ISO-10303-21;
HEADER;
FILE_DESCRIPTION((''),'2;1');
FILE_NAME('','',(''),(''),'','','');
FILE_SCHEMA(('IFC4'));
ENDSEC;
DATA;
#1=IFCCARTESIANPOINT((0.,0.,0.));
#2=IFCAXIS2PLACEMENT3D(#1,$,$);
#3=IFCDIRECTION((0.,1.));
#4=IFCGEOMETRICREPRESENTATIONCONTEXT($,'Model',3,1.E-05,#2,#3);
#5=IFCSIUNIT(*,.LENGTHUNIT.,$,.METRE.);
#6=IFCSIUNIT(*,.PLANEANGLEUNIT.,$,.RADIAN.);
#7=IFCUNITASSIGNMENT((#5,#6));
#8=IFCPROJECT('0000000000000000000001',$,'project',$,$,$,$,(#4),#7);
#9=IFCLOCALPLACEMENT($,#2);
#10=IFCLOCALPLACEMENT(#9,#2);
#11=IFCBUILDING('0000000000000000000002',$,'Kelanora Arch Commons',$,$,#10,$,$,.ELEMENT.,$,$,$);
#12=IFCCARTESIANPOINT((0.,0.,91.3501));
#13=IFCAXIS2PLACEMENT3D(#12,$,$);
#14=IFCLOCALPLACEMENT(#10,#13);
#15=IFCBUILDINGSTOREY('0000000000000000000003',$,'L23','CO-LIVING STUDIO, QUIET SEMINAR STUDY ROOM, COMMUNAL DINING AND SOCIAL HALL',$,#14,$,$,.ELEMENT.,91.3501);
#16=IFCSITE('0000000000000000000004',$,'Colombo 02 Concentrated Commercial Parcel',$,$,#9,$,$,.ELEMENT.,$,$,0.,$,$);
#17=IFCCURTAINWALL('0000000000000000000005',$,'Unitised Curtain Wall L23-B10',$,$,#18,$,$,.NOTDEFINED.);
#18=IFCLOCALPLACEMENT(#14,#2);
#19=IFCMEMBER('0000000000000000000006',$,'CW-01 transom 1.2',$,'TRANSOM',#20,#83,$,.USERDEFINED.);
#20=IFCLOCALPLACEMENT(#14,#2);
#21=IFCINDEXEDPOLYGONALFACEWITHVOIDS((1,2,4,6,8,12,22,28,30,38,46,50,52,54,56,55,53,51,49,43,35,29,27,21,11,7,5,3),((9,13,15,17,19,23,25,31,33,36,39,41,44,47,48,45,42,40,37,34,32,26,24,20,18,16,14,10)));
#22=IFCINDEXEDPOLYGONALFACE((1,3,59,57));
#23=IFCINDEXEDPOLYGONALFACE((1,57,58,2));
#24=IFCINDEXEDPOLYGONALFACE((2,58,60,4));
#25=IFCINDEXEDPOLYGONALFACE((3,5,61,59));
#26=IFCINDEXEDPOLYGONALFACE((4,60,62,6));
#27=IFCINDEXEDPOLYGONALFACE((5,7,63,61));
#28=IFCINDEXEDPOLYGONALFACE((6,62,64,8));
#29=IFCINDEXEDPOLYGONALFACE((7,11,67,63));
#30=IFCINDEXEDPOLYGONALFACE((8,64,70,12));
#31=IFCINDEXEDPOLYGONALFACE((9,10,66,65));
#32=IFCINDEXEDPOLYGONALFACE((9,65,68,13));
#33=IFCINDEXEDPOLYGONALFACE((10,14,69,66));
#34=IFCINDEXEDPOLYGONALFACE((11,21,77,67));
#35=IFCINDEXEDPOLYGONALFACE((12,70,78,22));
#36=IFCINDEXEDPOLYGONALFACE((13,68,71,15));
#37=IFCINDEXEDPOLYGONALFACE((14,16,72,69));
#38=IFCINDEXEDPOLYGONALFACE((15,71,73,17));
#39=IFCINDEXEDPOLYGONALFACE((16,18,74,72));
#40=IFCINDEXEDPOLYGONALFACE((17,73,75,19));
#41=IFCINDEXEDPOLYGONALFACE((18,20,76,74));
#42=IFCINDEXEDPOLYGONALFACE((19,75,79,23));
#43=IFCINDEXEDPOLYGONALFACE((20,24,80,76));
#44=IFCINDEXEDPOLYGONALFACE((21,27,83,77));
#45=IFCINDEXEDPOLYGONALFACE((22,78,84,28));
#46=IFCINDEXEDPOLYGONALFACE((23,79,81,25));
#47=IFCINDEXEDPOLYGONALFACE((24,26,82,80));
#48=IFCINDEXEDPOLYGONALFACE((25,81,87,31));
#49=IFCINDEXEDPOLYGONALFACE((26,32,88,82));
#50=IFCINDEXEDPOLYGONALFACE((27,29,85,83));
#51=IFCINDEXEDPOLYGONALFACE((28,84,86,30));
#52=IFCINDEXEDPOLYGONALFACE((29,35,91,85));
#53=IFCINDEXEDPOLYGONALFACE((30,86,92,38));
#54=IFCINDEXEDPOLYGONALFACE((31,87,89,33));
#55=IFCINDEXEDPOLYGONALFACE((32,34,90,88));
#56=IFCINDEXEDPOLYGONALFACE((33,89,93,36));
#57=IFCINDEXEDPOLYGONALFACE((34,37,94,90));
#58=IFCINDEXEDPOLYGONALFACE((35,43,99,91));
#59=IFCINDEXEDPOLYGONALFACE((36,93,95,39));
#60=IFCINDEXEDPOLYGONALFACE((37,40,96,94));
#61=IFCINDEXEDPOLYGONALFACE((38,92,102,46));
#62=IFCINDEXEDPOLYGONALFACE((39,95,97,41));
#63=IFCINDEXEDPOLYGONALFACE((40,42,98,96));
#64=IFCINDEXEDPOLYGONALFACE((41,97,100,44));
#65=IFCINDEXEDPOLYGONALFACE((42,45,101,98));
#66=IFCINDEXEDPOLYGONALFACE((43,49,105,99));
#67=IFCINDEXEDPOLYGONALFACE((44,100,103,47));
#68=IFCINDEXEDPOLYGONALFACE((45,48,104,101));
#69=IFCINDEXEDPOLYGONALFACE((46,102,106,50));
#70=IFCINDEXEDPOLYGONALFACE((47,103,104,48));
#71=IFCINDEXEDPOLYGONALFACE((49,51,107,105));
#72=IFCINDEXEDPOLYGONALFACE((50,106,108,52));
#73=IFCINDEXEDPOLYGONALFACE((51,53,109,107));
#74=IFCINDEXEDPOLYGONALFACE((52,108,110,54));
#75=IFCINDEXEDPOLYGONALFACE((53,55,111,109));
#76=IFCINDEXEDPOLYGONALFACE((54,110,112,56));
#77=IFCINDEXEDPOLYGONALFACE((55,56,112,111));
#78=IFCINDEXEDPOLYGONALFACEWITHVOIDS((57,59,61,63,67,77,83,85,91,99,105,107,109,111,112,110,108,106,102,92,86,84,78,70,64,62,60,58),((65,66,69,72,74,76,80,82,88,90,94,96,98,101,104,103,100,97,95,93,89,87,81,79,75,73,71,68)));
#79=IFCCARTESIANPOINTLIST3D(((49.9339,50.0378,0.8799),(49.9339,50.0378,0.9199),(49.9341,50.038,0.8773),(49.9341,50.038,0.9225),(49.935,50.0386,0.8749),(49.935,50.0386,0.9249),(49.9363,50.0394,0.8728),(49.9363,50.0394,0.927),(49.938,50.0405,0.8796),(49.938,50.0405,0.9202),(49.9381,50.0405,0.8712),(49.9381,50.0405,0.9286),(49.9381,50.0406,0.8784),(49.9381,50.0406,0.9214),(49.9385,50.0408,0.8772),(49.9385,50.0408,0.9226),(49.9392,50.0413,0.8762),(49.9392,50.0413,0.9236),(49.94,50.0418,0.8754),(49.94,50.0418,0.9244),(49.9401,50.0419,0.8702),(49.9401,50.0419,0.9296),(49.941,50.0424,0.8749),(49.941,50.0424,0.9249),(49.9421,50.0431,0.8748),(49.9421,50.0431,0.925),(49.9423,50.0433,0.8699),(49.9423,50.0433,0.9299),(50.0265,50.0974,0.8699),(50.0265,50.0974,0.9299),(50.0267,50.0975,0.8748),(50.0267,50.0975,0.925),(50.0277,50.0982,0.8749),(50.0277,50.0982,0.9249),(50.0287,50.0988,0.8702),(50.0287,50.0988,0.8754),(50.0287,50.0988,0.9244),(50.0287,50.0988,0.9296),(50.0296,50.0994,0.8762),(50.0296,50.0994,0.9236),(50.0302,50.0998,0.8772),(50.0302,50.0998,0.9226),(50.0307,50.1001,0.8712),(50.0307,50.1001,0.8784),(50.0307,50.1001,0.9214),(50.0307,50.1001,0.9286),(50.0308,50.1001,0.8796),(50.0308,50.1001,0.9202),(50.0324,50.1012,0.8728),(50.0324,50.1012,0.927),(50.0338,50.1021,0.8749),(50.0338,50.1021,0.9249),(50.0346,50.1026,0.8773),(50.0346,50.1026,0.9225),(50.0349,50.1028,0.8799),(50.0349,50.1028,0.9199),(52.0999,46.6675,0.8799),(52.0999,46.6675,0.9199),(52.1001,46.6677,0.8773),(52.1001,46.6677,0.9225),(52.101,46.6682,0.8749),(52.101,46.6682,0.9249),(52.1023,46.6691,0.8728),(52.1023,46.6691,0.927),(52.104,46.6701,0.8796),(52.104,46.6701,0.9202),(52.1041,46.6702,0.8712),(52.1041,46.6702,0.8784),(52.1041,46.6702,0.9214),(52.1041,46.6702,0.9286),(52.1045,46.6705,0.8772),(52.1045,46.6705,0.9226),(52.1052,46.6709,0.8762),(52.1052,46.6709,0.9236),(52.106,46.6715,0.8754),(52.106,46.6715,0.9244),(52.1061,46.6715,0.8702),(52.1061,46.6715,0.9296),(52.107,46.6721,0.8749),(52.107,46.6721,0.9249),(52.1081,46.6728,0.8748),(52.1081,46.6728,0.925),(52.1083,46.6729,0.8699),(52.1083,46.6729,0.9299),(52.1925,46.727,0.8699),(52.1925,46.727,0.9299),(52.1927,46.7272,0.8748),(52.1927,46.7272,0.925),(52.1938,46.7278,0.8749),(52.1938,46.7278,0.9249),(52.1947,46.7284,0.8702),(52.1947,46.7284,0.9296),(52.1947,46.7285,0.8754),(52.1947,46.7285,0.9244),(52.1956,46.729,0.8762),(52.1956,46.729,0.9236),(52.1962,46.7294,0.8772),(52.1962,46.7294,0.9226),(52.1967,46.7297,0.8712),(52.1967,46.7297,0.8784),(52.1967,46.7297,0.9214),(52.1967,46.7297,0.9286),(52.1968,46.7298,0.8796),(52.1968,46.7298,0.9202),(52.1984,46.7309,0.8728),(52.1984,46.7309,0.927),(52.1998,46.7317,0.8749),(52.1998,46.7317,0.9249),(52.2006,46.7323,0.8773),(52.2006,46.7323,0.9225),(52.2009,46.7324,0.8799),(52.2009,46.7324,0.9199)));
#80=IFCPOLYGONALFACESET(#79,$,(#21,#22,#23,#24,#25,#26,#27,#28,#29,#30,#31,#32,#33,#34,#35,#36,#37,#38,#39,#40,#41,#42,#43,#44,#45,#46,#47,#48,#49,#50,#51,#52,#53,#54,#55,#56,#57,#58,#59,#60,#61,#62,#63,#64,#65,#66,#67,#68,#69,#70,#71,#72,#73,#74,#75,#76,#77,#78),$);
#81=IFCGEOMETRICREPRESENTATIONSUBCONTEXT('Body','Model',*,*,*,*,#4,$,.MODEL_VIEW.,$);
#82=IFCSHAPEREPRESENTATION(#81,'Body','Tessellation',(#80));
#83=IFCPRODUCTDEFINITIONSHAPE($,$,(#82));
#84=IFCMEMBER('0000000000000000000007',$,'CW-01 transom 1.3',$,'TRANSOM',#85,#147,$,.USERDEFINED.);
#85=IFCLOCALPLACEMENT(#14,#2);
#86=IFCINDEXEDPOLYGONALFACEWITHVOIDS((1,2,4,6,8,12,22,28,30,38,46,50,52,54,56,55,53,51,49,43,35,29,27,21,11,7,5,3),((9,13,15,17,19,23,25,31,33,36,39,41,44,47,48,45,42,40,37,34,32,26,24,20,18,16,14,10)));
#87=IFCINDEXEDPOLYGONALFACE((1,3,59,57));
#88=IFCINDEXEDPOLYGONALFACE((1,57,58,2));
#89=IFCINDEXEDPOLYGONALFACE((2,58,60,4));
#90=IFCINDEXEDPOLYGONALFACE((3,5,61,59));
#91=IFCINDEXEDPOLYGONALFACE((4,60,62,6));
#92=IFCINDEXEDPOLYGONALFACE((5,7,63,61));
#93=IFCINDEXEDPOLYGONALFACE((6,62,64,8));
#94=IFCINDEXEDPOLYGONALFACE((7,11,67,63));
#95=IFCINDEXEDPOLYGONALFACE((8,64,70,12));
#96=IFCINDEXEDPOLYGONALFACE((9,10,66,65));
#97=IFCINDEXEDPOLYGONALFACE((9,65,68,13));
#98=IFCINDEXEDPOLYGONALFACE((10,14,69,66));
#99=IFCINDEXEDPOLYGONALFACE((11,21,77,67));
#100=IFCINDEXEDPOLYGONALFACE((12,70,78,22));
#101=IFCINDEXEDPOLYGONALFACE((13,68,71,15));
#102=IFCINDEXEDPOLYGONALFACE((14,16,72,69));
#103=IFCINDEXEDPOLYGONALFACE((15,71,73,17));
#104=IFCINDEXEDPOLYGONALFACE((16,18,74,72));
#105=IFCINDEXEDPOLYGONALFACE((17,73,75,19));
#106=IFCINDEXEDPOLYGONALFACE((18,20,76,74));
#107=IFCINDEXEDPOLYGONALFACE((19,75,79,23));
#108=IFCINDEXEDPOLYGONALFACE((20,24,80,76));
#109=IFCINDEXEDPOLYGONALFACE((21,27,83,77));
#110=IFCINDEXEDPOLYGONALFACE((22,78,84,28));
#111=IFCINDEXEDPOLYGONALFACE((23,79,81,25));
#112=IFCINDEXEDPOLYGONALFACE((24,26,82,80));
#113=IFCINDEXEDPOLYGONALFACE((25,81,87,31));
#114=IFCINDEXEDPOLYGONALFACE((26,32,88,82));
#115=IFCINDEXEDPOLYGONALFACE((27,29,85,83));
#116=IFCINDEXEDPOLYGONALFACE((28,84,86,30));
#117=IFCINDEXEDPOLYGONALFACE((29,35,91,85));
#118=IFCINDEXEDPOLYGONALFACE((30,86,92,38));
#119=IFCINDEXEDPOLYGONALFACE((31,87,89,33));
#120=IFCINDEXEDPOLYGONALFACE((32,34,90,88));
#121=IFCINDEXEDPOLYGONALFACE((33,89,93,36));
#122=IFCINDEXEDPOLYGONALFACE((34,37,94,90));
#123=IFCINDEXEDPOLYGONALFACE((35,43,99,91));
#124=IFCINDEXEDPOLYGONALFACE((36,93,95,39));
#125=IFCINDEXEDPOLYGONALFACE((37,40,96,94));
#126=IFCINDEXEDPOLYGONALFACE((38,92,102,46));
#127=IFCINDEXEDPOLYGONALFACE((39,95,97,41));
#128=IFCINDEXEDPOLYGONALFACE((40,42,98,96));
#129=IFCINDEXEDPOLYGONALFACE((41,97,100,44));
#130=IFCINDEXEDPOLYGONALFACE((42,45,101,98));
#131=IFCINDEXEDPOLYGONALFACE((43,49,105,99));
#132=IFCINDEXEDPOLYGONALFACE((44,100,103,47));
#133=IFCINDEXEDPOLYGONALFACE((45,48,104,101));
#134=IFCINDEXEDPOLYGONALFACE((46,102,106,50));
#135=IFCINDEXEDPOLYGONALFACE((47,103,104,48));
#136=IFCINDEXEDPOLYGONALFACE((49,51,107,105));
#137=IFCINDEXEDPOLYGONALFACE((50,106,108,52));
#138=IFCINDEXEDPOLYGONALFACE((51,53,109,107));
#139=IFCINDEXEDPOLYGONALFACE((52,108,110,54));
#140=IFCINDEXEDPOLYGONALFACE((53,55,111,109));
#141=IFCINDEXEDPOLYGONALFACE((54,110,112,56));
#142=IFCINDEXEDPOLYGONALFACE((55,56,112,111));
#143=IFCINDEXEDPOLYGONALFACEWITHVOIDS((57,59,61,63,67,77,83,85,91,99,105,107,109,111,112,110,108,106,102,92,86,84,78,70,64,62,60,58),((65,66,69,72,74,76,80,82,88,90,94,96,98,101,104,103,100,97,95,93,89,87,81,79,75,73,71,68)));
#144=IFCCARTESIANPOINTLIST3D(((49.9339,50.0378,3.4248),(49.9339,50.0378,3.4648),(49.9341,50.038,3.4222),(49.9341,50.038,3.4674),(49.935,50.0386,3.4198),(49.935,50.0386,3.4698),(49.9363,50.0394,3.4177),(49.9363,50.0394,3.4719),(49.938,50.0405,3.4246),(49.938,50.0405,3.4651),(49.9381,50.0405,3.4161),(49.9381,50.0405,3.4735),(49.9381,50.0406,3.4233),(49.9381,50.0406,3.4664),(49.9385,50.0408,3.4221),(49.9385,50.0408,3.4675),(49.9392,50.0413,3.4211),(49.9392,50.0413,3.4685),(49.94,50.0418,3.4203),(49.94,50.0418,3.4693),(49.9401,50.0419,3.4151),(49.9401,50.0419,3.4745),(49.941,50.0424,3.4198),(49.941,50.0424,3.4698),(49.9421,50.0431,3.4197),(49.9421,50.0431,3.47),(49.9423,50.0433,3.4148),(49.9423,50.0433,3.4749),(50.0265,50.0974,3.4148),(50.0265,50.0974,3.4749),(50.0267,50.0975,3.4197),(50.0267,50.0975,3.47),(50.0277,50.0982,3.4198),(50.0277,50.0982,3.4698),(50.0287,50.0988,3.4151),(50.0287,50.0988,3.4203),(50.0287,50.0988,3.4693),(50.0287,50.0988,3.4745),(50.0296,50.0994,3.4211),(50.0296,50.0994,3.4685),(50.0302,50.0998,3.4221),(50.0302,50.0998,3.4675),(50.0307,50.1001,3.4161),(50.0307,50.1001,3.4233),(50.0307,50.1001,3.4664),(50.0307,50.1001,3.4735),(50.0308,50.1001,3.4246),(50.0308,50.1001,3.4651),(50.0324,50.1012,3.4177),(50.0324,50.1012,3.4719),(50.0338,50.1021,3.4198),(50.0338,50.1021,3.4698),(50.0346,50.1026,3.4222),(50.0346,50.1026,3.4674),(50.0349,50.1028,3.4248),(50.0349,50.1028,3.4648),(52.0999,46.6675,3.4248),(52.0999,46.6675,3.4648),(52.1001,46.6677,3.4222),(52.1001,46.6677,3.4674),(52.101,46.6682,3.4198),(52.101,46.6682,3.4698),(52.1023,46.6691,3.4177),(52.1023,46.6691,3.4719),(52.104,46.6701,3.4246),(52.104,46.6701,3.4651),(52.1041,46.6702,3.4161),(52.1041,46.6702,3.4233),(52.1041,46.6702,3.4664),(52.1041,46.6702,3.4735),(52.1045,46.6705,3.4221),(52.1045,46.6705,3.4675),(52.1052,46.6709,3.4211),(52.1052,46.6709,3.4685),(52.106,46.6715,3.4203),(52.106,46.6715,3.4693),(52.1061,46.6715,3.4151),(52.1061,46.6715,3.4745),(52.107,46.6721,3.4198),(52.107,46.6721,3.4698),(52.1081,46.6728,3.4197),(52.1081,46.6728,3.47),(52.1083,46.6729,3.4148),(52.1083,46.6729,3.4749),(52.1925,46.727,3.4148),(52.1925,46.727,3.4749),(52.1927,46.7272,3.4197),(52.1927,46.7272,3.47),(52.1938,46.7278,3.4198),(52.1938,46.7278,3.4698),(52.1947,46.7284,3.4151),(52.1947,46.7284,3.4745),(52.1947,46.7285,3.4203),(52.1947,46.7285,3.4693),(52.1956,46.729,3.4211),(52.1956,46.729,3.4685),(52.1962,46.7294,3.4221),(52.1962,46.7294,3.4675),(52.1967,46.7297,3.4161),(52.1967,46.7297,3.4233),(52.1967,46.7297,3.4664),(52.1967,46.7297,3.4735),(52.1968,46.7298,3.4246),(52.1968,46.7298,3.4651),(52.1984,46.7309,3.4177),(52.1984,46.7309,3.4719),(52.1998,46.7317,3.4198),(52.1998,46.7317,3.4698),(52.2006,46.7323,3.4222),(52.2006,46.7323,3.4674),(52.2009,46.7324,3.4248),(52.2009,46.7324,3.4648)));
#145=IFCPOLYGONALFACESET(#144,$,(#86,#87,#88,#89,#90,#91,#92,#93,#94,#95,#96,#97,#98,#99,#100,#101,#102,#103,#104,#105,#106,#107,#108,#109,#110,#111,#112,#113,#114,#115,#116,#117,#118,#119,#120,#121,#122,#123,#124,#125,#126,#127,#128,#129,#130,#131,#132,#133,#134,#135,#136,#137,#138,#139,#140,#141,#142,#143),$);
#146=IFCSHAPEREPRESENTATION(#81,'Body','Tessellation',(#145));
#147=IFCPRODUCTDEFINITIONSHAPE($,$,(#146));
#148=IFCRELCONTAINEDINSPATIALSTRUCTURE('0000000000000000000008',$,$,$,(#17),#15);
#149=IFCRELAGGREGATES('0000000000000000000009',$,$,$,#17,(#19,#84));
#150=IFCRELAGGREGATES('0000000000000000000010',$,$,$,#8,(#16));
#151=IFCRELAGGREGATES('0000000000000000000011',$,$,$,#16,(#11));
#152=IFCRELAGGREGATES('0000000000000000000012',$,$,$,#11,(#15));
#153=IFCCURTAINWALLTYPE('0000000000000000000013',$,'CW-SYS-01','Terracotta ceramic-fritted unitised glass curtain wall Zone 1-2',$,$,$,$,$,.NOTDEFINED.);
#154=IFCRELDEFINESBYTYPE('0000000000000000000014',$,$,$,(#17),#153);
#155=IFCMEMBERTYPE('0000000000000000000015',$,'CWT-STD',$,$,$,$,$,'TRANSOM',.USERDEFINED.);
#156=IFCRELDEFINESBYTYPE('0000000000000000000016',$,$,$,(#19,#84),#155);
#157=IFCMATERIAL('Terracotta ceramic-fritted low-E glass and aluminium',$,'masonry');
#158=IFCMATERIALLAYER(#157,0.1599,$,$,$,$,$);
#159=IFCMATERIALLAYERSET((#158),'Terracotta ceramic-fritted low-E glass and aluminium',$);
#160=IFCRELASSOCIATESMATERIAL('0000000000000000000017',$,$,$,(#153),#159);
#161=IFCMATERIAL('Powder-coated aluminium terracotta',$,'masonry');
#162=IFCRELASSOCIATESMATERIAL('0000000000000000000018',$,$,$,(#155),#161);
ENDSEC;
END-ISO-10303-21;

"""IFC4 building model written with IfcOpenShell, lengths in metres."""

from ifc_helpers import new_model, si_unit, direction, frame, origin, origin_2d, place, context, subcontext, project, spatial, hollow_rectangle, extrude, material, layer, layer_set, material_profile, profile_set, type_object, element, aggregate, save


model = new_model("IFC4")

# Units and contexts
model_context = context("Model", 3, precision=1e-05, world=origin(), true_north=direction((0.0, 1.0)))
body_context = subcontext(model_context, "Body", "Model", "MODEL_VIEW")
ifc_project = project(units=[si_unit("LENGTHUNIT", "METRE"), si_unit("PLANEANGLEUNIT", "RADIAN")], contexts=[model_context])

# Site, building, storey
site_placement = place(None, origin())
site = spatial("IfcSite", under=ifc_project, at=site_placement, Name="Colombo 02 Concentrated Commercial Parcel", CompositionType="ELEMENT", RefElevation=0.0)
building_placement = place(site_placement, origin())
building = spatial("IfcBuilding", under=site, at=building_placement, Name="Kelanora Arch Commons", CompositionType="ELEMENT")
storey_placement = place(building_placement, frame((0.0, 0.0, 91.3501)))
storey = spatial("IfcBuildingStorey", under=building, at=storey_placement, Name="L23", Description="CO-LIVING STUDIO, QUIET SEMINAR STUDY ROOM, COMMUNAL DINING AND SOCIAL HALL", CompositionType="ELEMENT", Elevation=91.3501)

# Shared definitions
ifc_material_1 = material(Name="Terracotta ceramic-fritted low-E glass and aluminium", Category="masonry")
ifc_layer_1 = layer(ifc_material_1, 0.1599)
ifc_layer_set_1 = layer_set([ifc_layer_1], Name="Terracotta ceramic-fritted low-E glass and aluminium")
curtain_wall_type = type_object("IfcCurtainWallType", Name="CW-SYS-01", Description="Terracotta ceramic-fritted unitised glass curtain wall Zone 1-2", PredefinedType="NOTDEFINED", material=ifc_layer_set_1)
ifc_material_2 = material(Name="Powder-coated aluminium terracotta", Category="masonry")

# Curtain wall, members
curtain_wall_1_placement = place(storey_placement, origin())
curtain_wall_1 = element("IfcCurtainWall", 1, at=curtain_wall_1_placement, inside=storey, type_object=curtain_wall_type, Name="Unitised Curtain Wall L23-B10", PredefinedType="NOTDEFINED")
ifc_material_profile_1 = material_profile(ifc_material_2, hollow_rectangle(XDim=0.1201, YDim=0.0601, WallThickness=0.0049, InnerFilletRadius=0.0049, OuterFilletRadius=0.01, at=origin_2d()), Name="CWT120x60")
ifc_profile_set_1 = profile_set([ifc_material_profile_1], Name="Powder-coated aluminium terracotta")
member_type_1 = type_object("IfcMemberType", Name="CWT-STD", ElementType="TRANSOM", PredefinedType="USERDEFINED", material=ifc_profile_set_1)
member_1_placement = place(storey_placement, frame((49.9844, 50.0703, 0.8999), z_axis=(0.540644, -0.841252, 0.0), x_axis=(0.841252, 0.540644, 0.0)))
member_1 = element("IfcMember", 2, at=member_1_placement, type_object=member_type_1, Name="CW-01 transom 1.2", ObjectType="TRANSOM", PredefinedType="USERDEFINED", context=body_context, shape_type="SweptSolid", body=[
    extrude(hollow_rectangle(XDim=0.1201, YDim=0.0601, WallThickness=0.0049, InnerFilletRadius=0.0049, OuterFilletRadius=0.01, at=origin_2d()), origin(), (0.0, 0.0, 1.0), 4.0063),
])
member_2_placement = place(storey_placement, frame((49.9844, 50.0703, 3.4448), z_axis=(0.540644, -0.841252, 0.0), x_axis=(0.841252, 0.540644, 0.0)))
member_2 = element("IfcMember", 3, at=member_2_placement, type_object=member_type_1, Name="CW-01 transom 1.3", ObjectType="TRANSOM", PredefinedType="USERDEFINED", context=body_context, shape_type="SweptSolid", body=[
    extrude(hollow_rectangle(XDim=0.1201, YDim=0.0601, WallThickness=0.0049, InnerFilletRadius=0.0049, OuterFilletRadius=0.01, at=origin_2d()), origin(), (0.0, 0.0, 1.0), 4.0063),
])

aggregate(curtain_wall_1, [member_1, member_2])

save(model, "model.ifc")
